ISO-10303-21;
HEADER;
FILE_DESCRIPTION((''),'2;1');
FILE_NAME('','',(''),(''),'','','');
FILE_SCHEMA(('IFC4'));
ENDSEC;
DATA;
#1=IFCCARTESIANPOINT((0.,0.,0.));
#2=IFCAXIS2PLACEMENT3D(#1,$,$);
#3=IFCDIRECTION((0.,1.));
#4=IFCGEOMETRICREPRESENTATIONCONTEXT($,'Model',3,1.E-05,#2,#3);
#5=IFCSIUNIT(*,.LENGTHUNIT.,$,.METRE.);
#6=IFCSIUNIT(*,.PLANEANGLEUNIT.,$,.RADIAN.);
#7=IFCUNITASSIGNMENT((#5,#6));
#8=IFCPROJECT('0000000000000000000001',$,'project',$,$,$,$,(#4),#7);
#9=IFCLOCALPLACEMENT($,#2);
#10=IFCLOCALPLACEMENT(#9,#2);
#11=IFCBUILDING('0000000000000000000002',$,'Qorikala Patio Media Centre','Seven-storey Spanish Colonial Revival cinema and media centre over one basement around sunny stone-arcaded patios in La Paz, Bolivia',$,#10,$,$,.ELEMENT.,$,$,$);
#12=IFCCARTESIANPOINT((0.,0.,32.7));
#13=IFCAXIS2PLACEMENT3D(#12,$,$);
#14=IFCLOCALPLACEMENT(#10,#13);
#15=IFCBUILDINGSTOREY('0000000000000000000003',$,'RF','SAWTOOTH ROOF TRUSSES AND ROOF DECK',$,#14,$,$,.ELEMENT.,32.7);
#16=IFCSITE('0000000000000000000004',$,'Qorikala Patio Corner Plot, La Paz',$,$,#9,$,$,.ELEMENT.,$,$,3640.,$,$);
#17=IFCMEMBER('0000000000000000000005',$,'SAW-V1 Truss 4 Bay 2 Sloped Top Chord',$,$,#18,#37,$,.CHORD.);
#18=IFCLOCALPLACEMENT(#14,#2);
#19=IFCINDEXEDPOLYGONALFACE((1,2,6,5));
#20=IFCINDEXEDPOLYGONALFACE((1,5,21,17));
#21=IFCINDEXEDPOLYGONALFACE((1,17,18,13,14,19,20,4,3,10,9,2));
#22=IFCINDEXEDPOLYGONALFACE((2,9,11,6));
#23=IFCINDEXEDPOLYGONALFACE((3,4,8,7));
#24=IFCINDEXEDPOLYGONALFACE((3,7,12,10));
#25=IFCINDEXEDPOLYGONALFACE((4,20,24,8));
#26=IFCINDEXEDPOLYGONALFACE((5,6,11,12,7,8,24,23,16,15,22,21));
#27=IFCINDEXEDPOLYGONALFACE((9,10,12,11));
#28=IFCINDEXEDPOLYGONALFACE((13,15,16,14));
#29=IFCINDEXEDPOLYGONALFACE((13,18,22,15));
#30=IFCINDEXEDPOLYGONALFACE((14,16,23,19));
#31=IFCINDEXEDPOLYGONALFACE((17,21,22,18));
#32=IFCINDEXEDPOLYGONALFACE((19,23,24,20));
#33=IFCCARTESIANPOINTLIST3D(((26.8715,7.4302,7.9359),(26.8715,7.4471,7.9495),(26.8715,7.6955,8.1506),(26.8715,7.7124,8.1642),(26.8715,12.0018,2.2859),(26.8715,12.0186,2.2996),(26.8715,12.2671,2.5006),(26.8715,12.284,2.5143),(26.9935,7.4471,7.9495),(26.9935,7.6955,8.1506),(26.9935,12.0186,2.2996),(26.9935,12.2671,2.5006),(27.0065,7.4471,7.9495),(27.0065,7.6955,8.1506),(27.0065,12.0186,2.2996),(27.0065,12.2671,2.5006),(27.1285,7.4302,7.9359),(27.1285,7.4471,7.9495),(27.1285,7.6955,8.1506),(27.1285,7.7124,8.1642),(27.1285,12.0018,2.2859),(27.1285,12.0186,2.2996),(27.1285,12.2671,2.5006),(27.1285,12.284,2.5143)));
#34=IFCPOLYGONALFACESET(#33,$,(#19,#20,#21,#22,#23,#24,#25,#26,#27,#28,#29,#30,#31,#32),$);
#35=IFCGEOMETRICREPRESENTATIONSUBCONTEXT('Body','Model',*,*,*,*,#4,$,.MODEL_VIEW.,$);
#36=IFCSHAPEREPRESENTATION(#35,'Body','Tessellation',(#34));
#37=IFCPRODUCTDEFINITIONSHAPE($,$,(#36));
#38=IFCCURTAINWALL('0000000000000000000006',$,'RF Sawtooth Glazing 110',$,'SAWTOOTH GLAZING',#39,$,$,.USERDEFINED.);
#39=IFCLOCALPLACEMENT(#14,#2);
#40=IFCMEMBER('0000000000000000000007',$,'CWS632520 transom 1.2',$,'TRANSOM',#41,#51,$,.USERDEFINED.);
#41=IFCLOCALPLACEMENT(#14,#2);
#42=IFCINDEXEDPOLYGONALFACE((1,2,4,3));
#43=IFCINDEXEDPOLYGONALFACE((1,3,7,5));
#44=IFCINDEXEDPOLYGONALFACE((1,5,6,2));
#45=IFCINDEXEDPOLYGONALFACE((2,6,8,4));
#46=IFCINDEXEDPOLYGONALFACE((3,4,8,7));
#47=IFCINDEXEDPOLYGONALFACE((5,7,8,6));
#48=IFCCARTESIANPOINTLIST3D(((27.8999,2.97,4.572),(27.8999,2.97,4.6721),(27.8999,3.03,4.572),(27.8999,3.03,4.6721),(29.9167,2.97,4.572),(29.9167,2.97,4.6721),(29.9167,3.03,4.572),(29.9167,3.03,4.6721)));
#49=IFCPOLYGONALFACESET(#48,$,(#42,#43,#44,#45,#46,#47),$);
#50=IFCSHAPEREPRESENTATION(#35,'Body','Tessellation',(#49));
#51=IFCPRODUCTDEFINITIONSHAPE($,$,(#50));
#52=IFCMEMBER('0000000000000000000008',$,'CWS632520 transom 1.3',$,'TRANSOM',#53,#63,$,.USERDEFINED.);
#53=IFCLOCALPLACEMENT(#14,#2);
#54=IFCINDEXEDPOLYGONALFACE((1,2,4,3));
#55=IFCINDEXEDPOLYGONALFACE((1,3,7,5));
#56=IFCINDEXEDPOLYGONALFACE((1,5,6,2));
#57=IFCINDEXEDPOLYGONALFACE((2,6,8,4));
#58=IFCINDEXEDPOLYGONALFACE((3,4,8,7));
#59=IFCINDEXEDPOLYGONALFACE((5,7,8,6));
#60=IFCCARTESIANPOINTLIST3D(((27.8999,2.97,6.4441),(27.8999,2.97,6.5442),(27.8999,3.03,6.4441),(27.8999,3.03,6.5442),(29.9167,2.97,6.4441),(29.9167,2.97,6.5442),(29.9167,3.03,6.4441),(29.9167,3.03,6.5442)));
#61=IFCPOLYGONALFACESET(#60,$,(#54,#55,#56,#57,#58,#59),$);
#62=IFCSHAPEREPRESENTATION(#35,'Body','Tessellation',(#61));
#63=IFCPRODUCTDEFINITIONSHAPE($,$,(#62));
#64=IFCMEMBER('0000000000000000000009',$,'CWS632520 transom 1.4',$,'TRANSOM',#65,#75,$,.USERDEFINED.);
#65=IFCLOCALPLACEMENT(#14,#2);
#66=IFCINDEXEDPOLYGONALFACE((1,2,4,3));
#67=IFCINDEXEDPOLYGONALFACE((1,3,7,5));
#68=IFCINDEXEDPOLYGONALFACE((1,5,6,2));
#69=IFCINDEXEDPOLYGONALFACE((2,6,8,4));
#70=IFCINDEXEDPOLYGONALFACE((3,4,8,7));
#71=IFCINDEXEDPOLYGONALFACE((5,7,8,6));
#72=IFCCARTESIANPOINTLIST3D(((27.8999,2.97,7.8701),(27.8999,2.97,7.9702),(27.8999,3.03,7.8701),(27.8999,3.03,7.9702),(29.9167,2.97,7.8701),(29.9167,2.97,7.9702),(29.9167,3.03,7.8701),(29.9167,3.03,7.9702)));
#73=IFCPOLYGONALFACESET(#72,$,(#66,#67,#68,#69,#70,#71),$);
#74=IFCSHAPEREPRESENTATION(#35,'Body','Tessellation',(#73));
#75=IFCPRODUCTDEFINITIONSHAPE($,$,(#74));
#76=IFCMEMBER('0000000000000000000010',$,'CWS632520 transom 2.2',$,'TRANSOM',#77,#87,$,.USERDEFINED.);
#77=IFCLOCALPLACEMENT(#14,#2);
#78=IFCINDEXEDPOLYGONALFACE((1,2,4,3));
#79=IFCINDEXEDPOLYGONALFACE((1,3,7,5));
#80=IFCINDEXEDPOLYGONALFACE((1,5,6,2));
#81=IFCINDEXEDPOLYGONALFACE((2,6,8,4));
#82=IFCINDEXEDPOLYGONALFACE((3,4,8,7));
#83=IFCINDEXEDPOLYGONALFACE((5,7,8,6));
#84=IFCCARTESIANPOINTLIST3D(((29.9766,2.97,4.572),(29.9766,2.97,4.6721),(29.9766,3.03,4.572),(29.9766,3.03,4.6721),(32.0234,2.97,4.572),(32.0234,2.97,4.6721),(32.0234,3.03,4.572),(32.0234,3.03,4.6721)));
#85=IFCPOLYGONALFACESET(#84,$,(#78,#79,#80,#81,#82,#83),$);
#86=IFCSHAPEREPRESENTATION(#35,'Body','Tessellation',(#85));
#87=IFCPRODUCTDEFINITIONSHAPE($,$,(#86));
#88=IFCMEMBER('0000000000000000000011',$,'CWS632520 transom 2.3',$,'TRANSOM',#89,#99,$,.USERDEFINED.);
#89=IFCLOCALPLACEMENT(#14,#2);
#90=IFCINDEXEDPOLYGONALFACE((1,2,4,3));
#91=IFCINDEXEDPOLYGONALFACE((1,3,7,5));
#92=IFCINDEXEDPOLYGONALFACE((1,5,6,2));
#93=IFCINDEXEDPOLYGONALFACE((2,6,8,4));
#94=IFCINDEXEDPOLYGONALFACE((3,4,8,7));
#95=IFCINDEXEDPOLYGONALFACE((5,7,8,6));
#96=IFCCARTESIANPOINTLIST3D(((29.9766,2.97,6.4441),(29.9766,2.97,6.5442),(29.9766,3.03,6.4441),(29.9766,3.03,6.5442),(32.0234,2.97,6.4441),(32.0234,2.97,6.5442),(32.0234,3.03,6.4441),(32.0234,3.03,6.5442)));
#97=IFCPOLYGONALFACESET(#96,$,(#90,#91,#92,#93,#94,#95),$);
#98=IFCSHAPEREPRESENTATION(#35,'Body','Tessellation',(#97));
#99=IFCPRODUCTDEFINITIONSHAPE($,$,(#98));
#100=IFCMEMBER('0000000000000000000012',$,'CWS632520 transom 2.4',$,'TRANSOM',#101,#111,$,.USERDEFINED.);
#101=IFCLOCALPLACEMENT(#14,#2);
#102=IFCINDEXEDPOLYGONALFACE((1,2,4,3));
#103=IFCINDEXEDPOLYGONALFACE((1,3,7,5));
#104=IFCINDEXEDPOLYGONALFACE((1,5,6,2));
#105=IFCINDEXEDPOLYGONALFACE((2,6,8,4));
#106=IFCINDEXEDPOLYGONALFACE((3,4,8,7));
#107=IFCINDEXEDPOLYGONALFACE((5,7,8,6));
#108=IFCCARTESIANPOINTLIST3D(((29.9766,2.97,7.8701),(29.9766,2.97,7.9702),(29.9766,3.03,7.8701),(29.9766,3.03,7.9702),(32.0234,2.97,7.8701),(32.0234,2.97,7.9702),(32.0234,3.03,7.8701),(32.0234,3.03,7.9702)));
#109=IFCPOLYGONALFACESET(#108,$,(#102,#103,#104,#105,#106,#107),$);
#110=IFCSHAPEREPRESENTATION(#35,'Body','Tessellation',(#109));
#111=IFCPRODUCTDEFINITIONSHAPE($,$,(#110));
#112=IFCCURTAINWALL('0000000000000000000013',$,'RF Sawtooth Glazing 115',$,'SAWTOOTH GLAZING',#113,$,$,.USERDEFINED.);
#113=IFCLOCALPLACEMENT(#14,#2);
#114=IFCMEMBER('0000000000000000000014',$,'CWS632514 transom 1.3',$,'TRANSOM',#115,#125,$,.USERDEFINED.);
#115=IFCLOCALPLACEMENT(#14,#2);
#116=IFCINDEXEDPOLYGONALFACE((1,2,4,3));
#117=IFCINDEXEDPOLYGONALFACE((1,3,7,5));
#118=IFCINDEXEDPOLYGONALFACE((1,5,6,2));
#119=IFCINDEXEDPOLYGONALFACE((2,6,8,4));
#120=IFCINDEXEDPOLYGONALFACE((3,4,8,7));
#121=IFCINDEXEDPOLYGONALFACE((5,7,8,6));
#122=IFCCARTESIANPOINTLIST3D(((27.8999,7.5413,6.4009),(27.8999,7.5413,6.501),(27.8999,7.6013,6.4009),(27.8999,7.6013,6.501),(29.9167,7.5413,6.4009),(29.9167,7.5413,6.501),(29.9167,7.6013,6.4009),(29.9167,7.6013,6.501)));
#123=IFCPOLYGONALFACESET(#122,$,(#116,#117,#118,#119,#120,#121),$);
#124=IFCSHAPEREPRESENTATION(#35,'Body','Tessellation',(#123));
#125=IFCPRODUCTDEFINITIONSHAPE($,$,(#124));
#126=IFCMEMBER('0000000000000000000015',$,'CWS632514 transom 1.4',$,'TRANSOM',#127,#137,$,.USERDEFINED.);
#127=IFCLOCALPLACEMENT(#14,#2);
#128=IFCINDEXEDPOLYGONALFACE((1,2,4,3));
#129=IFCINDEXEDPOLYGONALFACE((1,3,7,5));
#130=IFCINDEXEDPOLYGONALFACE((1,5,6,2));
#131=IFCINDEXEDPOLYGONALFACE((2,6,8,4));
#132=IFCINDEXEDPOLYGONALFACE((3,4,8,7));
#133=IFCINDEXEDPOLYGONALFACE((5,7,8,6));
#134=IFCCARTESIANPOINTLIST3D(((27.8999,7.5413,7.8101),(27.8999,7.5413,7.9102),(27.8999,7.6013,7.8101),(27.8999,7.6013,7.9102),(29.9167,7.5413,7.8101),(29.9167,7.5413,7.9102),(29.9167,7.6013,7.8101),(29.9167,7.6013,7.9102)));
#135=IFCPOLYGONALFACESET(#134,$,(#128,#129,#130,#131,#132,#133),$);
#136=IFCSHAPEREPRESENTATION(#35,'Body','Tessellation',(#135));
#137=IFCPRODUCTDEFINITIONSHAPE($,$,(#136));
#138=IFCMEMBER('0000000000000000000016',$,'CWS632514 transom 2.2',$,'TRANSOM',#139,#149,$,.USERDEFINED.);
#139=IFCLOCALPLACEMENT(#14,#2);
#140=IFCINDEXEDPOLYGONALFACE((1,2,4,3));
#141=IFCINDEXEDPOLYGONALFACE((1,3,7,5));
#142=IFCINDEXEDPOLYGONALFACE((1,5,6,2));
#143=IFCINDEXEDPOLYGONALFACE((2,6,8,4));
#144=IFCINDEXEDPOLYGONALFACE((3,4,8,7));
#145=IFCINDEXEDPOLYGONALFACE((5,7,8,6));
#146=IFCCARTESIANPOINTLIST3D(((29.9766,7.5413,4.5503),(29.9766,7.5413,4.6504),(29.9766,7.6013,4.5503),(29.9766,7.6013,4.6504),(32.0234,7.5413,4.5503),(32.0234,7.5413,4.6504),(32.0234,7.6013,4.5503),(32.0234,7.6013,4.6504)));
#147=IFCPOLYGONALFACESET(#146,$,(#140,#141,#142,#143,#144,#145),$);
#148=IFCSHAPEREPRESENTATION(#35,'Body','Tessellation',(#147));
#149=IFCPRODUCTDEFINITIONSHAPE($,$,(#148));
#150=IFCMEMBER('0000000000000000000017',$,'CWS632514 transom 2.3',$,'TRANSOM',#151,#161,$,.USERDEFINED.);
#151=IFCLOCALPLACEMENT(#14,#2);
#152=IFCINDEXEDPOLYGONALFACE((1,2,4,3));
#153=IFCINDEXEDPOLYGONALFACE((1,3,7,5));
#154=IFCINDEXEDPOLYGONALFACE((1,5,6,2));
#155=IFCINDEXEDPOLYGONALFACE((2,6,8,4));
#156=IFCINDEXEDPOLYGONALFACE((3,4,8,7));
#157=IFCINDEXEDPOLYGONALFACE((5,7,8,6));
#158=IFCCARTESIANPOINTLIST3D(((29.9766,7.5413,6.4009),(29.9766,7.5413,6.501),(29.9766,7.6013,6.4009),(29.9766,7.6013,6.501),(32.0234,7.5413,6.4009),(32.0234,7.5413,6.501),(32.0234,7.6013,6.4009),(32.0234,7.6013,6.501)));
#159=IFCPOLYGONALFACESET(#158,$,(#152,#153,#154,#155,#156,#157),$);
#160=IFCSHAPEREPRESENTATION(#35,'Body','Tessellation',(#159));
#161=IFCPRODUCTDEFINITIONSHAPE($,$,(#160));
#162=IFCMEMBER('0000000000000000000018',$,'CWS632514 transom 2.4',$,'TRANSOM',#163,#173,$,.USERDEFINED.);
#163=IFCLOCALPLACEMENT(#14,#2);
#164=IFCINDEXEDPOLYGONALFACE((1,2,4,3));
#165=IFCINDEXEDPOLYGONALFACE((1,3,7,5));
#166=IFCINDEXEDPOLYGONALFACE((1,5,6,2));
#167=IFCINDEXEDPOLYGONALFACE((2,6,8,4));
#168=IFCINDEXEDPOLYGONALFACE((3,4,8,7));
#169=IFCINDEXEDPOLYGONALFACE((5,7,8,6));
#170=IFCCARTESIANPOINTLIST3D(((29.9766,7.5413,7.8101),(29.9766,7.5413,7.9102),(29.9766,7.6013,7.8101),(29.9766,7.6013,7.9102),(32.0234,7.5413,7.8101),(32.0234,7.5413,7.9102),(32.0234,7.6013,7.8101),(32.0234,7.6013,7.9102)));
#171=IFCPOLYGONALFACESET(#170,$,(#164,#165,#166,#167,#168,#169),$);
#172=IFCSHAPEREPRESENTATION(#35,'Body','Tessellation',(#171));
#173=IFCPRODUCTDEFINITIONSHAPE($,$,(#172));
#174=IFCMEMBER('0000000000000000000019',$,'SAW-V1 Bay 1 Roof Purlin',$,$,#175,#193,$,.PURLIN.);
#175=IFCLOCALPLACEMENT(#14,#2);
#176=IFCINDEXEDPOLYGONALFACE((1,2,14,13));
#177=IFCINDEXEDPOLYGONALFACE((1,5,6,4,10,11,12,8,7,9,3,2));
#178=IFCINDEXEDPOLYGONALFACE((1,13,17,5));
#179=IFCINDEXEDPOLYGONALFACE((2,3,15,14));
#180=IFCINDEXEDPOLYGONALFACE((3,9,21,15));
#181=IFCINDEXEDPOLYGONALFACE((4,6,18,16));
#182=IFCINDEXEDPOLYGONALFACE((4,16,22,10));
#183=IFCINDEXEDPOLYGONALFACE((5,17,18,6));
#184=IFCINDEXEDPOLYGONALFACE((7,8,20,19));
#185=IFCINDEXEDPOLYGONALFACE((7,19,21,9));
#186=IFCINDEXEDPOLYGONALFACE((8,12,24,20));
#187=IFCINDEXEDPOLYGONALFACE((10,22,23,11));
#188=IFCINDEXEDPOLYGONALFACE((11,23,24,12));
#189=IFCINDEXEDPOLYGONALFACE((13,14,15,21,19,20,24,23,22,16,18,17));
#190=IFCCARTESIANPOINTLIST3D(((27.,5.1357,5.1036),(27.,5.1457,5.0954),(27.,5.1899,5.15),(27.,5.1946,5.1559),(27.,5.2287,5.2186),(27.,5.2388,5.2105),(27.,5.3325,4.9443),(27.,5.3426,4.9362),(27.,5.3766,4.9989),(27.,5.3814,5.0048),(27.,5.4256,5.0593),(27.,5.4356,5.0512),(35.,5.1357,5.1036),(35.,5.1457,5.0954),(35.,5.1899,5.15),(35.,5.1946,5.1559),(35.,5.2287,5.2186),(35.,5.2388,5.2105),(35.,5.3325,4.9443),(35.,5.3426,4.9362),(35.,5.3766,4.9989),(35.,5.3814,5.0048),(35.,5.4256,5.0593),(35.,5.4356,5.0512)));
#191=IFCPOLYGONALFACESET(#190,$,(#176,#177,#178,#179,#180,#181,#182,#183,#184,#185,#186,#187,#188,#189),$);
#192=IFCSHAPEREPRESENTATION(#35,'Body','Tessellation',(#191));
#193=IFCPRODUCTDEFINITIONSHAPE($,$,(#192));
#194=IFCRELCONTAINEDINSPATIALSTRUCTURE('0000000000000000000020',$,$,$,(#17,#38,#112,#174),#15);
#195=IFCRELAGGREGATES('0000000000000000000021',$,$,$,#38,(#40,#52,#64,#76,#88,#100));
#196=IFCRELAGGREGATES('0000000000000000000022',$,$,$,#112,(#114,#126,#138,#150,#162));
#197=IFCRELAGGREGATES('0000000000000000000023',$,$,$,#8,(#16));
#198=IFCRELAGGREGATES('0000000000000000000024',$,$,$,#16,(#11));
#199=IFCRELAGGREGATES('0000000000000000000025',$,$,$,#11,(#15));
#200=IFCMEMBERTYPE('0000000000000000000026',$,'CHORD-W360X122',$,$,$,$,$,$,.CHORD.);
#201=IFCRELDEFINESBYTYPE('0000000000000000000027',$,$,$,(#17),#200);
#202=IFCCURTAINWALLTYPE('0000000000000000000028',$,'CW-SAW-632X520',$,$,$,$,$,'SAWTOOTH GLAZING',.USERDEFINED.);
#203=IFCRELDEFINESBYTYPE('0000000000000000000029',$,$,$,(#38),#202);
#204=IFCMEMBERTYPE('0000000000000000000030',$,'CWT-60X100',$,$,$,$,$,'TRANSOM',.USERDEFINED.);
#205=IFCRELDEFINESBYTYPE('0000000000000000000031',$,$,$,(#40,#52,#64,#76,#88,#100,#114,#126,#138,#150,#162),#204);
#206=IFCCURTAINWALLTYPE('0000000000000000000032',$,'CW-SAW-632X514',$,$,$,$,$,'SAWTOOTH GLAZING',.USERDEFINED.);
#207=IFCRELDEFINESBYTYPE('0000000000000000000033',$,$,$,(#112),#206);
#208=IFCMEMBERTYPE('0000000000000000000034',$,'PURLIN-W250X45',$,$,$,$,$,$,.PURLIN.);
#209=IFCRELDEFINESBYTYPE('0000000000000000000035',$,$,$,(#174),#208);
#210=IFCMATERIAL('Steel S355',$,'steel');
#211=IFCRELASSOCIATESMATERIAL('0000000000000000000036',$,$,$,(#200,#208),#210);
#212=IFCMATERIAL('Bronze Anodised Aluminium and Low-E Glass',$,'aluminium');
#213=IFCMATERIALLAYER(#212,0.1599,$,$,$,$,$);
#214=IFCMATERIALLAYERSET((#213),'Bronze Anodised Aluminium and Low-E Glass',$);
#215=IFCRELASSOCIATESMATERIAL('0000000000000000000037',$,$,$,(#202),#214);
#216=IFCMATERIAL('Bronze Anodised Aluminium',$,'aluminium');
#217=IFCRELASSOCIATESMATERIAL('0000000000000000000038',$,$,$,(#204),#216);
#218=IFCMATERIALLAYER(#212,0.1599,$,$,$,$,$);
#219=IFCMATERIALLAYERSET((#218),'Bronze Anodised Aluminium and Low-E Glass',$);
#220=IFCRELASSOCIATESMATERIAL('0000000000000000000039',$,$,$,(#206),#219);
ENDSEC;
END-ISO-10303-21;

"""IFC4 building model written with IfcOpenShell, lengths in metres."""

from ifc_helpers import new_model, si_unit, direction, frame, origin, origin_2d, place, context, subcontext, project, spatial, rectangle, i_section, extrude, material, layer, layer_set, material_profile, profile_set, type_object, element, aggregate, save


model = new_model("IFC4")

# Units and contexts
model_context = context("Model", 3, precision=1e-05, world=origin(), true_north=direction((0.0, 1.0)))
body_context = subcontext(model_context, "Body", "Model", "MODEL_VIEW")
ifc_project = project(units=[si_unit("LENGTHUNIT", "METRE"), si_unit("PLANEANGLEUNIT", "RADIAN")], contexts=[model_context])

# Site, building, storey
site_placement = place(None, origin())
site = spatial("IfcSite", under=ifc_project, at=site_placement, Name="Qorikala Patio Corner Plot, La Paz", CompositionType="ELEMENT", RefElevation=3640.0)
building_placement = place(site_placement, origin())
building = spatial("IfcBuilding", under=site, at=building_placement, Name="Qorikala Patio Media Centre", Description="Seven-storey Spanish Colonial Revival cinema and media centre over one basement around sunny stone-arcaded patios in La Paz, Bolivia", CompositionType="ELEMENT")
storey_placement = place(building_placement, frame((0.0, 0.0, 32.7)))
storey = spatial("IfcBuildingStorey", under=building, at=storey_placement, Name="RF", Description="SAWTOOTH ROOF TRUSSES AND ROOF DECK", CompositionType="ELEMENT", Elevation=32.7)

# Member
ifc_material_1 = material(Name="Steel S355", Category="steel")
ifc_material_profile_1 = material_profile(ifc_material_1, i_section(OverallWidth=0.2571, OverallDepth=0.363, WebThickness=0.0129, FlangeThickness=0.0217, at=origin_2d()), Name="W360X122")
ifc_profile_set_1 = profile_set([ifc_material_profile_1], Name="Steel S355")
member_type_1 = type_object("IfcMemberType", Name="CHORD-W360X122", PredefinedType="CHORD", material=ifc_profile_set_1)
member_1_placement = place(storey_placement, frame((27.0, 7.5713, 8.05), z_axis=(0.0, 0.629016, -0.777393), x_axis=(-1.0, 0.0, 0.0)))
element("IfcMember", 1, at=member_1_placement, inside=storey, type_object=member_type_1, Name="SAW-V1 Truss 4 Bay 2 Sloped Top Chord", PredefinedType="CHORD", context=body_context, shape_type="SweptSolid", body=[
    extrude(i_section(OverallWidth=0.2571, OverallDepth=0.363, WebThickness=0.0129, FlangeThickness=0.0217, at=origin_2d()), origin(), (0.0, 0.0, 1.0), 7.2678),
])

# Curtain walls, members
ifc_material_2 = material(Name="Bronze Anodised Aluminium and Low-E Glass", Category="aluminium")
ifc_layer_1 = layer(ifc_material_2, 0.1599)
ifc_layer_set_1 = layer_set([ifc_layer_1], Name="Bronze Anodised Aluminium and Low-E Glass")
curtain_wall_type_1 = type_object("IfcCurtainWallType", Name="CW-SAW-632X520", ElementType="SAWTOOTH GLAZING", PredefinedType="USERDEFINED", material=ifc_layer_set_1)
curtain_wall_1_placement = place(storey_placement, origin())
curtain_wall_1 = element("IfcCurtainWall", 2, at=curtain_wall_1_placement, inside=storey, type_object=curtain_wall_type_1, Name="RF Sawtooth Glazing 110", ObjectType="SAWTOOTH GLAZING", PredefinedType="USERDEFINED")
ifc_material_3 = material(Name="Bronze Anodised Aluminium", Category="aluminium")
ifc_material_profile_2 = material_profile(ifc_material_3, rectangle(XDim=0.0601, YDim=0.1001, at=origin_2d()), Name="ALU TRANSOM 60x100")
ifc_profile_set_2 = profile_set([ifc_material_profile_2], Name="Bronze Anodised Aluminium")
member_type_2 = type_object("IfcMemberType", Name="CWT-60X100", ElementType="TRANSOM", PredefinedType="USERDEFINED", material=ifc_profile_set_2)
member_2_placement = place(storey_placement, frame((27.8999, 3.0, 4.6221), z_axis=(1.0, 0.0, 0.0), x_axis=(0.0, 1.0, 0.0)))
member_2 = element("IfcMember", 3, at=member_2_placement, type_object=member_type_2, Name="CWS632520 transom 1.2", ObjectType="TRANSOM", PredefinedType="USERDEFINED", context=body_context, shape_type="SweptSolid", body=[
    extrude(rectangle(XDim=0.0601, YDim=0.1001, at=origin_2d()), origin(), (0.0, 0.0, 1.0), 2.0168),
])
member_3_placement = place(storey_placement, frame((27.8999, 3.0, 6.4941), z_axis=(1.0, 0.0, 0.0), x_axis=(0.0, 1.0, 0.0)))
member_3 = element("IfcMember", 4, at=member_3_placement, type_object=member_type_2, Name="CWS632520 transom 1.3", ObjectType="TRANSOM", PredefinedType="USERDEFINED", context=body_context, shape_type="SweptSolid", body=[
    extrude(rectangle(XDim=0.0601, YDim=0.1001, at=origin_2d()), origin(), (0.0, 0.0, 1.0), 2.0168),
])
member_4_placement = place(storey_placement, frame((27.8999, 3.0, 7.9202), z_axis=(1.0, 0.0, 0.0), x_axis=(0.0, 1.0, 0.0)))
member_4 = element("IfcMember", 5, at=member_4_placement, type_object=member_type_2, Name="CWS632520 transom 1.4", ObjectType="TRANSOM", PredefinedType="USERDEFINED", context=body_context, shape_type="SweptSolid", body=[
    extrude(rectangle(XDim=0.0601, YDim=0.1001, at=origin_2d()), origin(), (0.0, 0.0, 1.0), 2.0168),
])
member_5_placement = place(storey_placement, frame((29.9766, 3.0, 4.6221), z_axis=(1.0, 0.0, 0.0), x_axis=(0.0, 1.0, 0.0)))
member_5 = element("IfcMember", 6, at=member_5_placement, type_object=member_type_2, Name="CWS632520 transom 2.2", ObjectType="TRANSOM", PredefinedType="USERDEFINED", context=body_context, shape_type="SweptSolid", body=[
    extrude(rectangle(XDim=0.0601, YDim=0.1001, at=origin_2d()), origin(), (0.0, 0.0, 1.0), 2.0469),
])
member_6_placement = place(storey_placement, frame((29.9766, 3.0, 6.4941), z_axis=(1.0, 0.0, 0.0), x_axis=(0.0, 1.0, 0.0)))
member_6 = element("IfcMember", 7, at=member_6_placement, type_object=member_type_2, Name="CWS632520 transom 2.3", ObjectType="TRANSOM", PredefinedType="USERDEFINED", context=body_context, shape_type="SweptSolid", body=[
    extrude(rectangle(XDim=0.0601, YDim=0.1001, at=origin_2d()), origin(), (0.0, 0.0, 1.0), 2.0469),
])
member_7_placement = place(storey_placement, frame((29.9766, 3.0, 7.9202), z_axis=(1.0, 0.0, 0.0), x_axis=(0.0, 1.0, 0.0)))
member_7 = element("IfcMember", 8, at=member_7_placement, type_object=member_type_2, Name="CWS632520 transom 2.4", ObjectType="TRANSOM", PredefinedType="USERDEFINED", context=body_context, shape_type="SweptSolid", body=[
    extrude(rectangle(XDim=0.0601, YDim=0.1001, at=origin_2d()), origin(), (0.0, 0.0, 1.0), 2.0469),
])
ifc_layer_2 = layer(ifc_material_2, 0.1599)
ifc_layer_set_2 = layer_set([ifc_layer_2], Name="Bronze Anodised Aluminium and Low-E Glass")
curtain_wall_type_2 = type_object("IfcCurtainWallType", Name="CW-SAW-632X514", ElementType="SAWTOOTH GLAZING", PredefinedType="USERDEFINED", material=ifc_layer_set_2)
curtain_wall_2_placement = place(storey_placement, origin())
curtain_wall_2 = element("IfcCurtainWall", 9, at=curtain_wall_2_placement, inside=storey, type_object=curtain_wall_type_2, Name="RF Sawtooth Glazing 115", ObjectType="SAWTOOTH GLAZING", PredefinedType="USERDEFINED")
member_8_placement = place(storey_placement, frame((27.8999, 7.5713, 6.4509), z_axis=(1.0, 0.0, 0.0), x_axis=(0.0, 1.0, 0.0)))
member_8 = element("IfcMember", 10, at=member_8_placement, type_object=member_type_2, Name="CWS632514 transom 1.3", ObjectType="TRANSOM", PredefinedType="USERDEFINED", context=body_context, shape_type="SweptSolid", body=[
    extrude(rectangle(XDim=0.0601, YDim=0.1001, at=origin_2d()), origin(), (0.0, 0.0, 1.0), 2.0168),
])
member_9_placement = place(storey_placement, frame((27.8999, 7.5713, 7.8601), z_axis=(1.0, 0.0, 0.0), x_axis=(0.0, 1.0, 0.0)))
member_9 = element("IfcMember", 11, at=member_9_placement, type_object=member_type_2, Name="CWS632514 transom 1.4", ObjectType="TRANSOM", PredefinedType="USERDEFINED", context=body_context, shape_type="SweptSolid", body=[
    extrude(rectangle(XDim=0.0601, YDim=0.1001, at=origin_2d()), origin(), (0.0, 0.0, 1.0), 2.0168),
])
member_10_placement = place(storey_placement, frame((29.9766, 7.5713, 4.6003), z_axis=(1.0, 0.0, 0.0), x_axis=(0.0, 1.0, 0.0)))
member_10 = element("IfcMember", 12, at=member_10_placement, type_object=member_type_2, Name="CWS632514 transom 2.2", ObjectType="TRANSOM", PredefinedType="USERDEFINED", context=body_context, shape_type="SweptSolid", body=[
    extrude(rectangle(XDim=0.0601, YDim=0.1001, at=origin_2d()), origin(), (0.0, 0.0, 1.0), 2.0469),
])
member_11_placement = place(storey_placement, frame((29.9766, 7.5713, 6.4509), z_axis=(1.0, 0.0, 0.0), x_axis=(0.0, 1.0, 0.0)))
member_11 = element("IfcMember", 13, at=member_11_placement, type_object=member_type_2, Name="CWS632514 transom 2.3", ObjectType="TRANSOM", PredefinedType="USERDEFINED", context=body_context, shape_type="SweptSolid", body=[
    extrude(rectangle(XDim=0.0601, YDim=0.1001, at=origin_2d()), origin(), (0.0, 0.0, 1.0), 2.0469),
])
member_12_placement = place(storey_placement, frame((29.9766, 7.5713, 7.8601), z_axis=(1.0, 0.0, 0.0), x_axis=(0.0, 1.0, 0.0)))
member_12 = element("IfcMember", 14, at=member_12_placement, type_object=member_type_2, Name="CWS632514 transom 2.4", ObjectType="TRANSOM", PredefinedType="USERDEFINED", context=body_context, shape_type="SweptSolid", body=[
    extrude(rectangle(XDim=0.0601, YDim=0.1001, at=origin_2d()), origin(), (0.0, 0.0, 1.0), 2.0469),
])

# Member
ifc_material_profile_3 = material_profile(ifc_material_1, i_section(OverallWidth=0.1479, OverallDepth=0.2661, WebThickness=0.0076, FlangeThickness=0.0129, at=origin_2d()), Name="W250X45")
ifc_profile_set_3 = profile_set([ifc_material_profile_3], Name="Steel S355")
member_type_3 = type_object("IfcMemberType", Name="PURLIN-W250X45", PredefinedType="PURLIN", material=ifc_profile_set_3)
for number, where, z_axis, x_axis, name in (
    (15, (27.0, 5.2856, 5.0774), (1.0, 0.0, 0.0), (0.0, 0.628995, 0.77741), "SAW-V1 Bay 1 Roof Purlin"),
):
    element("IfcMember", number, at=place(storey_placement, frame(where, z_axis=z_axis, x_axis=x_axis)), inside=storey, type_object=member_type_3, Name=name, PredefinedType="PURLIN", context=body_context, shape_type="SweptSolid", body=[
        extrude(i_section(OverallWidth=0.1479, OverallDepth=0.2661, WebThickness=0.0076, FlangeThickness=0.0129, at=origin_2d()), origin(), (0.0, 0.0, 1.0), 8.0),
    ])

aggregate(curtain_wall_1, [member_2, member_3, member_4, member_5, member_6, member_7])
aggregate(curtain_wall_2, [member_8, member_9, member_10, member_11, member_12])

save(model, "model.ifc")
